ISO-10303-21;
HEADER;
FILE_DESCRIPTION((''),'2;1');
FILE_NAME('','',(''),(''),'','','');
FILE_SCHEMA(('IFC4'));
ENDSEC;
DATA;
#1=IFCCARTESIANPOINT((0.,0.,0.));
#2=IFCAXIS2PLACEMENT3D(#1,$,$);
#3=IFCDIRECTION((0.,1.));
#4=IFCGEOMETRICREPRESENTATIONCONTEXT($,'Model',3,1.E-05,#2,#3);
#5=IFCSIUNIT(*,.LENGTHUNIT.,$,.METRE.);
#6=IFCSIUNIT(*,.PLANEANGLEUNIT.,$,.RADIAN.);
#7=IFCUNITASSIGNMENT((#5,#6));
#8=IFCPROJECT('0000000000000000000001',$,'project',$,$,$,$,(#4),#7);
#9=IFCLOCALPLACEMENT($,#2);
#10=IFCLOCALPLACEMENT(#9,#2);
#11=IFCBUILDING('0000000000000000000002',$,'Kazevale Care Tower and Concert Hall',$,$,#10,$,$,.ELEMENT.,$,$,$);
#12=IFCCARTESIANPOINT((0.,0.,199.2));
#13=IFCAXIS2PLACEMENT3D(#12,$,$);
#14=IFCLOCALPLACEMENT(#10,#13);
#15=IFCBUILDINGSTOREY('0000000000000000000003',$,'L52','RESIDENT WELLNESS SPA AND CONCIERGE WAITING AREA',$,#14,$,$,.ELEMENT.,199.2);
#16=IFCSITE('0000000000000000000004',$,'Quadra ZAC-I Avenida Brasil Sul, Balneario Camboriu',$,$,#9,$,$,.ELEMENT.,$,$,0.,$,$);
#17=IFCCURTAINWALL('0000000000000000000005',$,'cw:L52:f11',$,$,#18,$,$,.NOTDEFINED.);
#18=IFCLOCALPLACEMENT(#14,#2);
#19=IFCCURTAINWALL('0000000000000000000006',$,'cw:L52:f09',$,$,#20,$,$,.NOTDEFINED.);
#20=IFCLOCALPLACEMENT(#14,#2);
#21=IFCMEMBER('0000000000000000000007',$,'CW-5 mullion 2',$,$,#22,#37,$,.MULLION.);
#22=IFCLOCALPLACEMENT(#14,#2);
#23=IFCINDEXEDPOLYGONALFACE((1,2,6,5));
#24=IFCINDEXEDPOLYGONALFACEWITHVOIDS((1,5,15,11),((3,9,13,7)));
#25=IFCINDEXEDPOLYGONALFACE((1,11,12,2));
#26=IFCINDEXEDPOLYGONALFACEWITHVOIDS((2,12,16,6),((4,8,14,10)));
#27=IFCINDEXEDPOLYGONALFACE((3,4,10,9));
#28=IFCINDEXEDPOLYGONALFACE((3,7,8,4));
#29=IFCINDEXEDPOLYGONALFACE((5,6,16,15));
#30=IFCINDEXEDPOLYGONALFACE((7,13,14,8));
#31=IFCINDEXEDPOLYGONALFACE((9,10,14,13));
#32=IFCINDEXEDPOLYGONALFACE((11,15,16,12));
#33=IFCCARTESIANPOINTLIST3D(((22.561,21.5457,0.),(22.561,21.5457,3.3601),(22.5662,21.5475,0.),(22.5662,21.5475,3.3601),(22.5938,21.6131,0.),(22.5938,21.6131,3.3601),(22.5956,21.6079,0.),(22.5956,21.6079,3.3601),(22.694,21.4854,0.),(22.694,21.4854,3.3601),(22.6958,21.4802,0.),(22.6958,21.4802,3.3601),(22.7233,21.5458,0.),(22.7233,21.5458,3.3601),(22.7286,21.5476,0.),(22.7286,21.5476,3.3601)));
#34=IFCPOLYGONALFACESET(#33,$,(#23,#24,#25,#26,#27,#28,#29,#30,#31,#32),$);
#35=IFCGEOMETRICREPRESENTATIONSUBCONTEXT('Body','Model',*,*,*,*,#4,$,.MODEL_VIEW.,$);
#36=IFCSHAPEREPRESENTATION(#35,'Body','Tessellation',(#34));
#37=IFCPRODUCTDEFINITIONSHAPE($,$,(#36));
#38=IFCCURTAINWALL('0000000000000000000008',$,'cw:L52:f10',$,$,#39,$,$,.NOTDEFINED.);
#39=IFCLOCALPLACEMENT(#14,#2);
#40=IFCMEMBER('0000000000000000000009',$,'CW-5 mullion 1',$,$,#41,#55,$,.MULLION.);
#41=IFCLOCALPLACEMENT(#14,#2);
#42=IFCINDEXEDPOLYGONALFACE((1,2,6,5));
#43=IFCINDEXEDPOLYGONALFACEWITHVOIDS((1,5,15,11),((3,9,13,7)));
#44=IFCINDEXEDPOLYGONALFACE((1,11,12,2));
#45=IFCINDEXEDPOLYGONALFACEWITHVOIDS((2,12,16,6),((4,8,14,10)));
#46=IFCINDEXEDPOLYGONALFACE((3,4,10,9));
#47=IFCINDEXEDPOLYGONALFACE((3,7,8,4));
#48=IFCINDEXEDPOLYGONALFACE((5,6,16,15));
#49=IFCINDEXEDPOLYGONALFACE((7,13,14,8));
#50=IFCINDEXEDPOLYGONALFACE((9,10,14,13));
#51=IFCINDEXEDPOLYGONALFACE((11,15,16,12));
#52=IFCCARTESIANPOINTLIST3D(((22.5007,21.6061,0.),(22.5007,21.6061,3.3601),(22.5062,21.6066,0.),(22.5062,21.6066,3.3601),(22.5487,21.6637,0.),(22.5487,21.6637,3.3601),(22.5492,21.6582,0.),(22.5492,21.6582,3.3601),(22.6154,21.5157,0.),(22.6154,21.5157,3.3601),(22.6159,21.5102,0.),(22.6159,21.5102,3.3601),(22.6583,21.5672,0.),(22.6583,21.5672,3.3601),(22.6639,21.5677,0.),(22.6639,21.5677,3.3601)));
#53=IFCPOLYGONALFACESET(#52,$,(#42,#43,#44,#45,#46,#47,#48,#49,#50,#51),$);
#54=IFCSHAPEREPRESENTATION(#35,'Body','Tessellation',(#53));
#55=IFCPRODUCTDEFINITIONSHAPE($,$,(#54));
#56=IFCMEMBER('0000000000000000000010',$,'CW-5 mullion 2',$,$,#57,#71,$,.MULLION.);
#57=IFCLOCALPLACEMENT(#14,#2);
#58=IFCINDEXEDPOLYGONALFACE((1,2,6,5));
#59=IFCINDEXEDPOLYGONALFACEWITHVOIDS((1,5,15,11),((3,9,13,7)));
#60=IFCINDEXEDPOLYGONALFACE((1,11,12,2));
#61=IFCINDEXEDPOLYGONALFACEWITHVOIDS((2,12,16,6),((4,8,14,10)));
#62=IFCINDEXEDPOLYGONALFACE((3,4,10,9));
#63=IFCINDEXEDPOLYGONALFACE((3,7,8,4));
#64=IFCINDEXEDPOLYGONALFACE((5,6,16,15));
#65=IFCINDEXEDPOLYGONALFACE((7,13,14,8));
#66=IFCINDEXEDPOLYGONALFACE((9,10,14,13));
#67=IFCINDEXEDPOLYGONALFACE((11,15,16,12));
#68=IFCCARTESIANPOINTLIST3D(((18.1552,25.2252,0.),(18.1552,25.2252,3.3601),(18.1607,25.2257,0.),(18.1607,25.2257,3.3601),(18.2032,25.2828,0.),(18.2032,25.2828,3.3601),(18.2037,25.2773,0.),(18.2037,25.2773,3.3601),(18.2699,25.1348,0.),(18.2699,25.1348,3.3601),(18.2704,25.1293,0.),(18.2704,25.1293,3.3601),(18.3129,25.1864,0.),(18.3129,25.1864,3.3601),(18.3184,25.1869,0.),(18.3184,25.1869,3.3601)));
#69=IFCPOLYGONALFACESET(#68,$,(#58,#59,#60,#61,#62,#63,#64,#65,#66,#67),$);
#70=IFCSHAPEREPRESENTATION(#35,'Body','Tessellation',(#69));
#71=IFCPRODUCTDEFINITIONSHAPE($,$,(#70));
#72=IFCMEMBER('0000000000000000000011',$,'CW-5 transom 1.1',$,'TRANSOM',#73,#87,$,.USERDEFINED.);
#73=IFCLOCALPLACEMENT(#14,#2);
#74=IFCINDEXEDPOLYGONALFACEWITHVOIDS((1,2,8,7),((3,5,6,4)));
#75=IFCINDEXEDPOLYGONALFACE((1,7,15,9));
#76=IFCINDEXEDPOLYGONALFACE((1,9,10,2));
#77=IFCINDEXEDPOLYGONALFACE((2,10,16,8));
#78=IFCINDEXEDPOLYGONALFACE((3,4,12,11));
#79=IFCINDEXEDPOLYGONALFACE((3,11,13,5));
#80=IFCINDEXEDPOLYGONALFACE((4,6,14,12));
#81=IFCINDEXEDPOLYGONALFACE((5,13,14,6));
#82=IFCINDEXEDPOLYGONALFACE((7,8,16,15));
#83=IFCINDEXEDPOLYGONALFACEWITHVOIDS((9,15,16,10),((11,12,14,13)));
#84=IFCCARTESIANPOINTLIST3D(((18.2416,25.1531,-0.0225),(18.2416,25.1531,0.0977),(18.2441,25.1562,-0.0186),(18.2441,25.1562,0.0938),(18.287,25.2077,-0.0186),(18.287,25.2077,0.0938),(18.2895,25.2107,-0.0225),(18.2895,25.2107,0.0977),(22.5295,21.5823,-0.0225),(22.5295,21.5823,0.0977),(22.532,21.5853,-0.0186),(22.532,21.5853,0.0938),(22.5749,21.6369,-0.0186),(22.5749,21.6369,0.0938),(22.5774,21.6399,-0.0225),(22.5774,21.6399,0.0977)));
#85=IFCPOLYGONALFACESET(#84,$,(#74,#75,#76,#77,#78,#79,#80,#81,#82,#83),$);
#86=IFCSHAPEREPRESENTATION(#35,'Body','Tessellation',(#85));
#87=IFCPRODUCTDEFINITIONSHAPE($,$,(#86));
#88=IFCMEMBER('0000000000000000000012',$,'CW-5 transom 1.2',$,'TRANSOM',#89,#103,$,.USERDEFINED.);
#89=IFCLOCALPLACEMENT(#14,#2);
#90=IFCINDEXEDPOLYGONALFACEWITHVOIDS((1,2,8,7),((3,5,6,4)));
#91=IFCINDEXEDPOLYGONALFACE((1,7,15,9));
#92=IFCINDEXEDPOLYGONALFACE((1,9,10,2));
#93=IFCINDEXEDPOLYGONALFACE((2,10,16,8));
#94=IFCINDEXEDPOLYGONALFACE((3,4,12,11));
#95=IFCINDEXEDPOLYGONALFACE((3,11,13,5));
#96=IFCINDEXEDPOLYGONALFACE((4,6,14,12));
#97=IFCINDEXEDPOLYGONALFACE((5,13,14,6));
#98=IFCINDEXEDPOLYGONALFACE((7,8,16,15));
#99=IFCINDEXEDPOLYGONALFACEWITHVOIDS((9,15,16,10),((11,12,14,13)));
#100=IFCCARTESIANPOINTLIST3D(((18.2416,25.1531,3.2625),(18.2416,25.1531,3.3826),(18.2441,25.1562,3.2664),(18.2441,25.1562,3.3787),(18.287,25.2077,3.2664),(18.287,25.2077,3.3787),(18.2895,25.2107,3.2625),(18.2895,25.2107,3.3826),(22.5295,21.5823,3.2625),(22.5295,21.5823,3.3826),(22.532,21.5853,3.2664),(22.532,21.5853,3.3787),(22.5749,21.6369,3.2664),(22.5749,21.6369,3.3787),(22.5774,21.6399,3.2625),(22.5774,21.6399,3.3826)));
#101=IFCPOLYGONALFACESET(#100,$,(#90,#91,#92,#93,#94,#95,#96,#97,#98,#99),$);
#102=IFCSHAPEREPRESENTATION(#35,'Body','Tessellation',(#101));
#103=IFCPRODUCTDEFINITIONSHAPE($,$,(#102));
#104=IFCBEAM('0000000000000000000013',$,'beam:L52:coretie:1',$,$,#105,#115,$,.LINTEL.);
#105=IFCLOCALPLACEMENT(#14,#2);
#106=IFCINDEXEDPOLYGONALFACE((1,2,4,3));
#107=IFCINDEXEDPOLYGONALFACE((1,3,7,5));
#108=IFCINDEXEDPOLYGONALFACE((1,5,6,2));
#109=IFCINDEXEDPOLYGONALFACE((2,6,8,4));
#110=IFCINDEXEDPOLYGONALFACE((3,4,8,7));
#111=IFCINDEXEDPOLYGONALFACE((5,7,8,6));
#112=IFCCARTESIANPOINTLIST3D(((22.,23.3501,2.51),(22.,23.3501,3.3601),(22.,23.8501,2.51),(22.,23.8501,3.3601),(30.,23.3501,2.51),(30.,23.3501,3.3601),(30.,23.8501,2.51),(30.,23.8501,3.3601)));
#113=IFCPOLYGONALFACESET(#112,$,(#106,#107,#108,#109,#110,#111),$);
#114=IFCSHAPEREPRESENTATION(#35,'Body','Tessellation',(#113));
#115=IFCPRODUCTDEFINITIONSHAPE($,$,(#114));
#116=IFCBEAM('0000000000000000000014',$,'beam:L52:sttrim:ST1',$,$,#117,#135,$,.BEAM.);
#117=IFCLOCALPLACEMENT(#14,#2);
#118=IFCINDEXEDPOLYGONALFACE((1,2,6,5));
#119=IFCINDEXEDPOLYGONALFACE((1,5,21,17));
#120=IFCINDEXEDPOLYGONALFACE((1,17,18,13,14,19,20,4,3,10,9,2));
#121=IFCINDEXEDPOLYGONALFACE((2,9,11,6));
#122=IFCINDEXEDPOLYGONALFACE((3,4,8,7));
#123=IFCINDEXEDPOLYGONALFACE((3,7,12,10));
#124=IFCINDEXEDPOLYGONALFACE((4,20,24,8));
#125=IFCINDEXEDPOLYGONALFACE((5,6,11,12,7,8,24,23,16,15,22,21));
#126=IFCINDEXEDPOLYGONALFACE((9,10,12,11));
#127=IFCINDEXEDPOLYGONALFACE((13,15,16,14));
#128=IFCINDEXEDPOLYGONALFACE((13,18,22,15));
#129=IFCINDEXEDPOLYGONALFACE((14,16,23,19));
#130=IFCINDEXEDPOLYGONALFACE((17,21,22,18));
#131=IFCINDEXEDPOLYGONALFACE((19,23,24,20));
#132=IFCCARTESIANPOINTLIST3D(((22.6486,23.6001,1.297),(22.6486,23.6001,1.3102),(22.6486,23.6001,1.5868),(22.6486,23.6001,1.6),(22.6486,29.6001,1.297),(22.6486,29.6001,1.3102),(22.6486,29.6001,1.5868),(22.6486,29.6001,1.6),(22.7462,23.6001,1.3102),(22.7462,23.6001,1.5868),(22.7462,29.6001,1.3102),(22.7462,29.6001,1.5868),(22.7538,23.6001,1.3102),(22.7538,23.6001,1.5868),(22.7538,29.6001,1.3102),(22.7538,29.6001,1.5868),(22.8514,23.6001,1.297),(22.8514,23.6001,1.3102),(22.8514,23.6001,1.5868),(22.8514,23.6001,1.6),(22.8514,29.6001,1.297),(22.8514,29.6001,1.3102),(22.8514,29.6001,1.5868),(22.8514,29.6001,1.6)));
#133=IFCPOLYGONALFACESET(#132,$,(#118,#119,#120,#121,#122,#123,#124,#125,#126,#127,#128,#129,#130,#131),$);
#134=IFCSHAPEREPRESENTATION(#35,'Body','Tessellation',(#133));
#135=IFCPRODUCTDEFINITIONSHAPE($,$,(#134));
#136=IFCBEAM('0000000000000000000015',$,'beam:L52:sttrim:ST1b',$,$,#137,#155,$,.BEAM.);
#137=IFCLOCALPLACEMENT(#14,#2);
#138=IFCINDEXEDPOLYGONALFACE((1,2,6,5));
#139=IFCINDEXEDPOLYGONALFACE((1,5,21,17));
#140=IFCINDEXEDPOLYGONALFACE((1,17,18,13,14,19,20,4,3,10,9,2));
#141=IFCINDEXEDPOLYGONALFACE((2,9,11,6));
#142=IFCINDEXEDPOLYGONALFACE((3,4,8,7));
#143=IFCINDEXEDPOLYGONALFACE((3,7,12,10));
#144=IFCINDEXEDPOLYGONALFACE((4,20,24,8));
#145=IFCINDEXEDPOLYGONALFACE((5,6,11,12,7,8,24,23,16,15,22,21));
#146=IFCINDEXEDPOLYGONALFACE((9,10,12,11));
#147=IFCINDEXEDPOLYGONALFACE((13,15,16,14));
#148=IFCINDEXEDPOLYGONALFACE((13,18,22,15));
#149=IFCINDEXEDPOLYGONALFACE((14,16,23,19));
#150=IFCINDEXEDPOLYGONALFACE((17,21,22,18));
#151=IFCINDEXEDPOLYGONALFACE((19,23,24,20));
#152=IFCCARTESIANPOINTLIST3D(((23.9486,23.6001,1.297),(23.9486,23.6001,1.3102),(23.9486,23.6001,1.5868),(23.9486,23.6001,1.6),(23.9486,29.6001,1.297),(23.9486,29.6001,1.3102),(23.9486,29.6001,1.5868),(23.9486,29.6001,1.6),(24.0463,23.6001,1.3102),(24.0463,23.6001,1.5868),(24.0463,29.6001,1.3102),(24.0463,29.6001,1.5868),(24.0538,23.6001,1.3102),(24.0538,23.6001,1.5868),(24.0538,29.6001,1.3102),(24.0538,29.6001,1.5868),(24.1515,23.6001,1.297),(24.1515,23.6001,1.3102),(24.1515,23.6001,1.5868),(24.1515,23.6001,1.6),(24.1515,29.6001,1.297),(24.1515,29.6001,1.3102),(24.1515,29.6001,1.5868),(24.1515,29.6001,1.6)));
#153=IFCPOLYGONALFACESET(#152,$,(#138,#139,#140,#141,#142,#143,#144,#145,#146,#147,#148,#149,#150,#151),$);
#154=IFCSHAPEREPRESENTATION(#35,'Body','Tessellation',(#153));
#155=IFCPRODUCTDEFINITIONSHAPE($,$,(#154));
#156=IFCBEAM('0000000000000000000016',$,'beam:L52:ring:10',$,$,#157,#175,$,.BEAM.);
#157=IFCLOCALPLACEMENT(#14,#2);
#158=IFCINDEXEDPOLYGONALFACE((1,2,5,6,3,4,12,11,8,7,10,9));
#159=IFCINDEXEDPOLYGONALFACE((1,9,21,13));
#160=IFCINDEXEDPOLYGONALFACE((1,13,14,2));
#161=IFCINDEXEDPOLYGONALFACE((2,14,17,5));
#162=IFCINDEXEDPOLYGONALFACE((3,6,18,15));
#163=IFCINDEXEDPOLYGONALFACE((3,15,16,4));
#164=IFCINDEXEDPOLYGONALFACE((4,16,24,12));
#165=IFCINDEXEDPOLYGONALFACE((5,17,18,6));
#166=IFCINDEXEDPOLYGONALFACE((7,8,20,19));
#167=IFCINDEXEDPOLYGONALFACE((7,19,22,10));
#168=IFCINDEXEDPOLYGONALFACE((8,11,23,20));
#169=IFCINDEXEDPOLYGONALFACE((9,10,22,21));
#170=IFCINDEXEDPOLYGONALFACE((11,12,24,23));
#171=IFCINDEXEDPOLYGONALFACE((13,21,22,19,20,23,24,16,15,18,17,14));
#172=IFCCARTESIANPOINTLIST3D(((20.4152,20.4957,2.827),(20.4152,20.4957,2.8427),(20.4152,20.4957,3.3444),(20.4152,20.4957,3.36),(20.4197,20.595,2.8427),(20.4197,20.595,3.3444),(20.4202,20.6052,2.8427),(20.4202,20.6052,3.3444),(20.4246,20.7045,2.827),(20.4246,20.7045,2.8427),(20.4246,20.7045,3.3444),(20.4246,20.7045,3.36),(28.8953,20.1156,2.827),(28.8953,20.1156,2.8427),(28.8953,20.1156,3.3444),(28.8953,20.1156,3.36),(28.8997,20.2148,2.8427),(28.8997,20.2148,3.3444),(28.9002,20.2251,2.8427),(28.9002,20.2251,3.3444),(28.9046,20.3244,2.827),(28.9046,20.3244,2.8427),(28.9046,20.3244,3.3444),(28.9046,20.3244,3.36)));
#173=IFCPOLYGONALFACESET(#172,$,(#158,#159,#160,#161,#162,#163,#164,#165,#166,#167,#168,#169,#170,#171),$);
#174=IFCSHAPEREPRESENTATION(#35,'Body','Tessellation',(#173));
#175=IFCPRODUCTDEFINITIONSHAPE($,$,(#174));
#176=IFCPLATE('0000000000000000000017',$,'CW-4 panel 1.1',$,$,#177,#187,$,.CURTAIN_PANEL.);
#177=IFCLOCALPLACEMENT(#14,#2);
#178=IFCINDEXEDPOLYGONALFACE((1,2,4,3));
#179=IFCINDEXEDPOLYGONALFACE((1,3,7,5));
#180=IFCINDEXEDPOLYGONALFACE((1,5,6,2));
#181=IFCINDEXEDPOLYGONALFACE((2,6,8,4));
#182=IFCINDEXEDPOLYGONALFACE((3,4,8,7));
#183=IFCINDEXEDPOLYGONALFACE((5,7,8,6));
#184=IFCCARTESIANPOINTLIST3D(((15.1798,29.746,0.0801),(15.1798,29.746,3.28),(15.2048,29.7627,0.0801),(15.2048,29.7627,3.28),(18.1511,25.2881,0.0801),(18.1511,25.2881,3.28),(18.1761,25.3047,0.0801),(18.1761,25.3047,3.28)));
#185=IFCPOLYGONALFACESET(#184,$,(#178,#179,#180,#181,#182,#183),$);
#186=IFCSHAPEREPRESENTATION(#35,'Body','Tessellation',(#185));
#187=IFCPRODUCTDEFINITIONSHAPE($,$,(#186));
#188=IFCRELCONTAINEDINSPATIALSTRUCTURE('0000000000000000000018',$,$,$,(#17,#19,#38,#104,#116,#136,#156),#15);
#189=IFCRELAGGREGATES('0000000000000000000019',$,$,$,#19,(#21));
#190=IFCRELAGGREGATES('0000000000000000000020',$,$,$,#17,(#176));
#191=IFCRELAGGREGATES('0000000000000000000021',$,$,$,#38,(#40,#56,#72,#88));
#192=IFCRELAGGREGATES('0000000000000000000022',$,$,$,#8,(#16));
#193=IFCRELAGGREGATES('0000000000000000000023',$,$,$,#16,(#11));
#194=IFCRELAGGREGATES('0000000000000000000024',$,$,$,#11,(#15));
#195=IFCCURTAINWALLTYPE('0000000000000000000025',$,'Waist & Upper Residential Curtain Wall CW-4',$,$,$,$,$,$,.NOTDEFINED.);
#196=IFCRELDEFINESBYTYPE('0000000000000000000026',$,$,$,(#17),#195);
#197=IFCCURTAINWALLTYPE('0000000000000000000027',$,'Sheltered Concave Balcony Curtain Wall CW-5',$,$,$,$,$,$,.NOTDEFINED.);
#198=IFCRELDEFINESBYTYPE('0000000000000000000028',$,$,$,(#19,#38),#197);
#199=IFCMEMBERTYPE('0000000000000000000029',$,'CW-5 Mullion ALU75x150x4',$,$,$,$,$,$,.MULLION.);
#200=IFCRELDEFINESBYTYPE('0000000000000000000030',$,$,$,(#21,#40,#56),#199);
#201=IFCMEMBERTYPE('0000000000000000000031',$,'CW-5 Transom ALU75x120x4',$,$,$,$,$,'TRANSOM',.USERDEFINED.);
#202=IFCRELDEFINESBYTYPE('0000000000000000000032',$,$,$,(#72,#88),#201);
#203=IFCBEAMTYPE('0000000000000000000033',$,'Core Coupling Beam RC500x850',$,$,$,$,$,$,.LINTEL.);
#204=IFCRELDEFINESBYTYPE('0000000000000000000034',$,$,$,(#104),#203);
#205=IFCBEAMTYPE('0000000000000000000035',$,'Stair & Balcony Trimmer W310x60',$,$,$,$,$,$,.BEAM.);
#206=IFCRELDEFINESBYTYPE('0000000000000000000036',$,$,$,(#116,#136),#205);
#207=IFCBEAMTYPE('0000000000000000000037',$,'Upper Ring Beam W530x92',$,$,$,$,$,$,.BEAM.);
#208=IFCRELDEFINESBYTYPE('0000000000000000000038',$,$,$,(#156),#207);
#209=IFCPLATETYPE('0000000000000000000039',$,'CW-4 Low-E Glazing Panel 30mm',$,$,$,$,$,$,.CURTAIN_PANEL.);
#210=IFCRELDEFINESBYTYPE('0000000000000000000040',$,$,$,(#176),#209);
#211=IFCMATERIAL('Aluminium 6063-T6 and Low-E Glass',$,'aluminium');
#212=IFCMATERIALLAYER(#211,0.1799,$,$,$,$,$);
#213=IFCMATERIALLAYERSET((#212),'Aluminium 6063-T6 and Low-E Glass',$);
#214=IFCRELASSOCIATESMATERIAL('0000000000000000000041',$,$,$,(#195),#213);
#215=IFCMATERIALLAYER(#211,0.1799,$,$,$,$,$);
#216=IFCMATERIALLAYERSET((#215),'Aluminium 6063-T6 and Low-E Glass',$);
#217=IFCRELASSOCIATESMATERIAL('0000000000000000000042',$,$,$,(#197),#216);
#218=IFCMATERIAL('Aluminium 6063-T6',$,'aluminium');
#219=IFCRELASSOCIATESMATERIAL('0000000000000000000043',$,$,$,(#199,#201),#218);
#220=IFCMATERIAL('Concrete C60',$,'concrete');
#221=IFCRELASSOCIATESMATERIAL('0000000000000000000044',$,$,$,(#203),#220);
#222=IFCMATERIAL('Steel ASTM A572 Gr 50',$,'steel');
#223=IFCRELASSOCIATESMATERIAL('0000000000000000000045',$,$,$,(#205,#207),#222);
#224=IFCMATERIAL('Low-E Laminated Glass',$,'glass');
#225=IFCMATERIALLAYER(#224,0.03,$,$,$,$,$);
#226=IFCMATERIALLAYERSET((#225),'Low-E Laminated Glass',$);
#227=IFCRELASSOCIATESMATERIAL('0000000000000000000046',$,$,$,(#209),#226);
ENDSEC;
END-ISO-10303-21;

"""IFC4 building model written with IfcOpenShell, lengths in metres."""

from ifc_helpers import new_model, si_unit, direction, frame, origin, origin_2d, place, context, subcontext, project, spatial, rectangle, hollow_rectangle, i_section, extrude, material, layer, layer_set, material_profile, profile_set, type_object, element, aggregate, save


model = new_model("IFC4")

# Units and contexts
model_context = context("Model", 3, precision=1e-05, world=origin(), true_north=direction((0.0, 1.0)))
body_context = subcontext(model_context, "Body", "Model", "MODEL_VIEW")
ifc_project = project(units=[si_unit("LENGTHUNIT", "METRE"), si_unit("PLANEANGLEUNIT", "RADIAN")], contexts=[model_context])

# Site, building, storey
site_placement = place(None, origin())
site = spatial("IfcSite", under=ifc_project, at=site_placement, Name="Quadra ZAC-I Avenida Brasil Sul, Balneario Camboriu", CompositionType="ELEMENT", RefElevation=0.0)
building_placement = place(site_placement, origin())
building = spatial("IfcBuilding", under=site, at=building_placement, Name="Kazevale Care Tower and Concert Hall", CompositionType="ELEMENT")
storey_placement = place(building_placement, frame((0.0, 0.0, 199.2)))
storey = spatial("IfcBuildingStorey", under=building, at=storey_placement, Name="L52", Description="RESIDENT WELLNESS SPA AND CONCIERGE WAITING AREA", CompositionType="ELEMENT", Elevation=199.2)

# Curtain wall
ifc_material_1 = material(Name="Aluminium 6063-T6 and Low-E Glass", Category="aluminium")
ifc_layer_1 = layer(ifc_material_1, 0.1799)
ifc_layer_set_1 = layer_set([ifc_layer_1], Name="Aluminium 6063-T6 and Low-E Glass")
curtain_wall_type_1 = type_object("IfcCurtainWallType", Name="Waist & Upper Residential Curtain Wall CW-4", PredefinedType="NOTDEFINED", material=ifc_layer_set_1)
curtain_wall_1_placement = place(storey_placement, origin())
curtain_wall_1 = element("IfcCurtainWall", 1, at=curtain_wall_1_placement, inside=storey, type_object=curtain_wall_type_1, Name="cw:L52:f11", PredefinedType="NOTDEFINED")
ifc_material_2 = material(Name="Aluminium 6063-T6", Category="aluminium")

# Curtain wall, member
ifc_layer_2 = layer(ifc_material_1, 0.1799)
ifc_layer_set_2 = layer_set([ifc_layer_2], Name="Aluminium 6063-T6 and Low-E Glass")
curtain_wall_type_2 = type_object("IfcCurtainWallType", Name="Sheltered Concave Balcony Curtain Wall CW-5", PredefinedType="NOTDEFINED", material=ifc_layer_set_2)
curtain_wall_2_placement = place(storey_placement, origin())
curtain_wall_2 = element("IfcCurtainWall", 2, at=curtain_wall_2_placement, inside=storey, type_object=curtain_wall_type_2, Name="cw:L52:f09", PredefinedType="NOTDEFINED")
ifc_material_profile_1 = material_profile(ifc_material_2, hollow_rectangle(XDim=0.075, YDim=0.1499, WallThickness=0.0039, at=origin_2d()), Name="ALU75x150x4")
ifc_profile_set_1 = profile_set([ifc_material_profile_1], Name="Aluminium 6063-T6")
member_type_1 = type_object("IfcMemberType", Name="CW-5 Mullion ALU75x150x4", PredefinedType="MULLION", material=ifc_profile_set_1)
member_1_placement = place(storey_placement, frame((22.6448, 21.5466, 0.0), z_axis=(0.0, 0.0, 1.0), x_axis=(-0.437238, -0.899346, 0.0)))
member_1 = element("IfcMember", 3, at=member_1_placement, type_object=member_type_1, Name="CW-5 mullion 2", PredefinedType="MULLION", context=body_context, shape_type="SweptSolid", body=[
    extrude(hollow_rectangle(XDim=0.075, YDim=0.1499, WallThickness=0.0039, at=origin_2d()), origin(), (0.0, 0.0, 1.0), 3.3601),
])
aggregate(curtain_wall_2, [member_1])

# Curtain wall, members
curtain_wall_3_placement = place(storey_placement, origin())
curtain_wall_3 = element("IfcCurtainWall", 4, at=curtain_wall_3_placement, inside=storey, type_object=curtain_wall_type_2, Name="cw:L52:f10", PredefinedType="NOTDEFINED")
member_2_placement = place(storey_placement, frame((22.5823, 21.5869, 0.0), z_axis=(0.0, 0.0, 1.0), x_axis=(-0.639961, -0.768407, 0.0)))
member_2 = element("IfcMember", 5, at=member_2_placement, type_object=member_type_1, Name="CW-5 mullion 1", PredefinedType="MULLION", context=body_context, shape_type="SweptSolid", body=[
    extrude(hollow_rectangle(XDim=0.075, YDim=0.1499, WallThickness=0.0039, at=origin_2d()), origin(), (0.0, 0.0, 1.0), 3.3601),
])
member_3_placement = place(storey_placement, frame((18.2368, 25.2061, 0.0), z_axis=(0.0, 0.0, 1.0), x_axis=(-0.639961, -0.768407, 0.0)))
member_3 = element("IfcMember", 6, at=member_3_placement, type_object=member_type_1, Name="CW-5 mullion 2", PredefinedType="MULLION", context=body_context, shape_type="SweptSolid", body=[
    extrude(hollow_rectangle(XDim=0.075, YDim=0.1499, WallThickness=0.0039, at=origin_2d()), origin(), (0.0, 0.0, 1.0), 3.3601),
])
ifc_material_profile_2 = material_profile(ifc_material_2, hollow_rectangle(XDim=0.075, YDim=0.1201, WallThickness=0.0039, at=origin_2d()), Name="ALU75x120x4")
ifc_profile_set_2 = profile_set([ifc_material_profile_2], Name="Aluminium 6063-T6")
member_type_2 = type_object("IfcMemberType", Name="CW-5 Transom ALU75x120x4", ElementType="TRANSOM", PredefinedType="USERDEFINED", material=ifc_profile_set_2)
member_4_placement = place(storey_placement, frame((22.5535, 21.6111, 0.0376), z_axis=(-0.768433, 0.63993, 0.0), x_axis=(-0.63993, -0.768433, 0.0)))
member_4 = element("IfcMember", 7, at=member_4_placement, type_object=member_type_2, Name="CW-5 transom 1.1", ObjectType="TRANSOM", PredefinedType="USERDEFINED", context=body_context, shape_type="SweptSolid", body=[
    extrude(hollow_rectangle(XDim=0.075, YDim=0.1201, WallThickness=0.0039, at=origin_2d()), origin(), (0.0, 0.0, 1.0), 5.5801),
])
member_5_placement = place(storey_placement, frame((22.5535, 21.6111, 3.3225), z_axis=(-0.768433, 0.63993, 0.0), x_axis=(-0.63993, -0.768433, 0.0)))
member_5 = element("IfcMember", 8, at=member_5_placement, type_object=member_type_2, Name="CW-5 transom 1.2", ObjectType="TRANSOM", PredefinedType="USERDEFINED", context=body_context, shape_type="SweptSolid", body=[
    extrude(hollow_rectangle(XDim=0.075, YDim=0.1201, WallThickness=0.0039, at=origin_2d()), origin(), (0.0, 0.0, 1.0), 5.5801),
])

# Beams
ifc_material_3 = material(Name="Concrete C60", Category="concrete")
ifc_material_profile_3 = material_profile(ifc_material_3, rectangle(XDim=0.5, YDim=0.8501, at=origin_2d()), Name="RC-B500x850")
ifc_profile_set_3 = profile_set([ifc_material_profile_3], Name="Concrete C60")
beam_type_1 = type_object("IfcBeamType", Name="Core Coupling Beam RC500x850", PredefinedType="LINTEL", material=ifc_profile_set_3)
beam_1_placement = place(storey_placement, frame((22.0, 23.6001, 2.9351), z_axis=(1.0, 0.0, 0.0), x_axis=(0.0, 1.0, 0.0)))
element("IfcBeam", 9, at=beam_1_placement, inside=storey, type_object=beam_type_1, Name="beam:L52:coretie:1", PredefinedType="LINTEL", context=body_context, shape_type="SweptSolid", body=[
    extrude(rectangle(XDim=0.5, YDim=0.8501, at=origin_2d()), origin(), (0.0, 0.0, 1.0), 8.0),
])
ifc_material_4 = material(Name="Steel ASTM A572 Gr 50", Category="steel")
ifc_material_profile_4 = material_profile(ifc_material_4, i_section(OverallWidth=0.2029, OverallDepth=0.303, WebThickness=0.0076, FlangeThickness=0.0132, at=origin_2d()), Name="W310x60")
ifc_profile_set_4 = profile_set([ifc_material_profile_4], Name="Steel ASTM A572 Gr 50")
beam_type_2 = type_object("IfcBeamType", Name="Stair & Balcony Trimmer W310x60", PredefinedType="BEAM", material=ifc_profile_set_4)
for number, where, z_axis, x_axis, name in (
    (10, (22.75, 23.6001, 1.4485), (0.0, 1.0, 0.0), (-1.0, 0.0, 0.0), "beam:L52:sttrim:ST1"),
    (11, (24.05, 23.6001, 1.4485), (0.0, 1.0, 0.0), (-1.0, 0.0, 0.0), "beam:L52:sttrim:ST1b"),
):
    element("IfcBeam", number, at=place(storey_placement, frame(where, z_axis=z_axis, x_axis=x_axis)), inside=storey, type_object=beam_type_2, Name=name, PredefinedType="BEAM", context=body_context, shape_type="SweptSolid", body=[
        extrude(i_section(OverallWidth=0.2029, OverallDepth=0.303, WebThickness=0.0076, FlangeThickness=0.0132, at=origin_2d()), origin(), (0.0, 0.0, 1.0), 6.0),
    ])
ifc_material_profile_5 = material_profile(ifc_material_4, i_section(OverallWidth=0.209, OverallDepth=0.533, WebThickness=0.0103, FlangeThickness=0.0156, at=origin_2d()), Name="W530x92")
ifc_profile_set_5 = profile_set([ifc_material_profile_5], Name="Steel ASTM A572 Gr 50")
beam_type_3 = type_object("IfcBeamType", Name="Upper Ring Beam W530x92", PredefinedType="BEAM", material=ifc_profile_set_5)
beam_2_placement = place(storey_placement, frame((20.4199, 20.6001, 3.0935), z_axis=(0.998997, -0.044781, 0.0), x_axis=(0.044781, 0.998997, 0.0)))
element("IfcBeam", 12, at=beam_2_placement, inside=storey, type_object=beam_type_3, Name="beam:L52:ring:10", PredefinedType="BEAM", context=body_context, shape_type="SweptSolid", body=[
    extrude(i_section(OverallWidth=0.209, OverallDepth=0.533, WebThickness=0.0103, FlangeThickness=0.0156, at=origin_2d()), origin(), (0.0, 0.0, 1.0), 8.4885),
])

# Plate
ifc_material_5 = material(Name="Low-E Laminated Glass", Category="glass")
ifc_layer_3 = layer(ifc_material_5, 0.03)
ifc_layer_set_3 = layer_set([ifc_layer_3], Name="Low-E Laminated Glass")
plate_type_1 = type_object("IfcPlateType", Name="CW-4 Low-E Glazing Panel 30mm", PredefinedType="CURTAIN_PANEL", material=ifc_layer_set_3)
plate_1_placement = place(storey_placement, frame((16.678, 27.5254, 0.0801), z_axis=(0.0, 0.0, 1.0), x_axis=(-0.554617, 0.832106, 0.0)))
plate_1 = element("IfcPlate", 13, at=plate_1_placement, type_object=plate_type_1, Name="CW-4 panel 1.1", PredefinedType="CURTAIN_PANEL", context=body_context, shape_type="SweptSolid", body=[
    extrude(rectangle(XDim=5.3574, YDim=0.03, at=origin_2d()), origin(), (0.0, 0.0, 1.0), 3.2),
])
aggregate(curtain_wall_1, [plate_1])
aggregate(curtain_wall_3, [member_2, member_3, member_4, member_5])

save(model, "model.ifc")
